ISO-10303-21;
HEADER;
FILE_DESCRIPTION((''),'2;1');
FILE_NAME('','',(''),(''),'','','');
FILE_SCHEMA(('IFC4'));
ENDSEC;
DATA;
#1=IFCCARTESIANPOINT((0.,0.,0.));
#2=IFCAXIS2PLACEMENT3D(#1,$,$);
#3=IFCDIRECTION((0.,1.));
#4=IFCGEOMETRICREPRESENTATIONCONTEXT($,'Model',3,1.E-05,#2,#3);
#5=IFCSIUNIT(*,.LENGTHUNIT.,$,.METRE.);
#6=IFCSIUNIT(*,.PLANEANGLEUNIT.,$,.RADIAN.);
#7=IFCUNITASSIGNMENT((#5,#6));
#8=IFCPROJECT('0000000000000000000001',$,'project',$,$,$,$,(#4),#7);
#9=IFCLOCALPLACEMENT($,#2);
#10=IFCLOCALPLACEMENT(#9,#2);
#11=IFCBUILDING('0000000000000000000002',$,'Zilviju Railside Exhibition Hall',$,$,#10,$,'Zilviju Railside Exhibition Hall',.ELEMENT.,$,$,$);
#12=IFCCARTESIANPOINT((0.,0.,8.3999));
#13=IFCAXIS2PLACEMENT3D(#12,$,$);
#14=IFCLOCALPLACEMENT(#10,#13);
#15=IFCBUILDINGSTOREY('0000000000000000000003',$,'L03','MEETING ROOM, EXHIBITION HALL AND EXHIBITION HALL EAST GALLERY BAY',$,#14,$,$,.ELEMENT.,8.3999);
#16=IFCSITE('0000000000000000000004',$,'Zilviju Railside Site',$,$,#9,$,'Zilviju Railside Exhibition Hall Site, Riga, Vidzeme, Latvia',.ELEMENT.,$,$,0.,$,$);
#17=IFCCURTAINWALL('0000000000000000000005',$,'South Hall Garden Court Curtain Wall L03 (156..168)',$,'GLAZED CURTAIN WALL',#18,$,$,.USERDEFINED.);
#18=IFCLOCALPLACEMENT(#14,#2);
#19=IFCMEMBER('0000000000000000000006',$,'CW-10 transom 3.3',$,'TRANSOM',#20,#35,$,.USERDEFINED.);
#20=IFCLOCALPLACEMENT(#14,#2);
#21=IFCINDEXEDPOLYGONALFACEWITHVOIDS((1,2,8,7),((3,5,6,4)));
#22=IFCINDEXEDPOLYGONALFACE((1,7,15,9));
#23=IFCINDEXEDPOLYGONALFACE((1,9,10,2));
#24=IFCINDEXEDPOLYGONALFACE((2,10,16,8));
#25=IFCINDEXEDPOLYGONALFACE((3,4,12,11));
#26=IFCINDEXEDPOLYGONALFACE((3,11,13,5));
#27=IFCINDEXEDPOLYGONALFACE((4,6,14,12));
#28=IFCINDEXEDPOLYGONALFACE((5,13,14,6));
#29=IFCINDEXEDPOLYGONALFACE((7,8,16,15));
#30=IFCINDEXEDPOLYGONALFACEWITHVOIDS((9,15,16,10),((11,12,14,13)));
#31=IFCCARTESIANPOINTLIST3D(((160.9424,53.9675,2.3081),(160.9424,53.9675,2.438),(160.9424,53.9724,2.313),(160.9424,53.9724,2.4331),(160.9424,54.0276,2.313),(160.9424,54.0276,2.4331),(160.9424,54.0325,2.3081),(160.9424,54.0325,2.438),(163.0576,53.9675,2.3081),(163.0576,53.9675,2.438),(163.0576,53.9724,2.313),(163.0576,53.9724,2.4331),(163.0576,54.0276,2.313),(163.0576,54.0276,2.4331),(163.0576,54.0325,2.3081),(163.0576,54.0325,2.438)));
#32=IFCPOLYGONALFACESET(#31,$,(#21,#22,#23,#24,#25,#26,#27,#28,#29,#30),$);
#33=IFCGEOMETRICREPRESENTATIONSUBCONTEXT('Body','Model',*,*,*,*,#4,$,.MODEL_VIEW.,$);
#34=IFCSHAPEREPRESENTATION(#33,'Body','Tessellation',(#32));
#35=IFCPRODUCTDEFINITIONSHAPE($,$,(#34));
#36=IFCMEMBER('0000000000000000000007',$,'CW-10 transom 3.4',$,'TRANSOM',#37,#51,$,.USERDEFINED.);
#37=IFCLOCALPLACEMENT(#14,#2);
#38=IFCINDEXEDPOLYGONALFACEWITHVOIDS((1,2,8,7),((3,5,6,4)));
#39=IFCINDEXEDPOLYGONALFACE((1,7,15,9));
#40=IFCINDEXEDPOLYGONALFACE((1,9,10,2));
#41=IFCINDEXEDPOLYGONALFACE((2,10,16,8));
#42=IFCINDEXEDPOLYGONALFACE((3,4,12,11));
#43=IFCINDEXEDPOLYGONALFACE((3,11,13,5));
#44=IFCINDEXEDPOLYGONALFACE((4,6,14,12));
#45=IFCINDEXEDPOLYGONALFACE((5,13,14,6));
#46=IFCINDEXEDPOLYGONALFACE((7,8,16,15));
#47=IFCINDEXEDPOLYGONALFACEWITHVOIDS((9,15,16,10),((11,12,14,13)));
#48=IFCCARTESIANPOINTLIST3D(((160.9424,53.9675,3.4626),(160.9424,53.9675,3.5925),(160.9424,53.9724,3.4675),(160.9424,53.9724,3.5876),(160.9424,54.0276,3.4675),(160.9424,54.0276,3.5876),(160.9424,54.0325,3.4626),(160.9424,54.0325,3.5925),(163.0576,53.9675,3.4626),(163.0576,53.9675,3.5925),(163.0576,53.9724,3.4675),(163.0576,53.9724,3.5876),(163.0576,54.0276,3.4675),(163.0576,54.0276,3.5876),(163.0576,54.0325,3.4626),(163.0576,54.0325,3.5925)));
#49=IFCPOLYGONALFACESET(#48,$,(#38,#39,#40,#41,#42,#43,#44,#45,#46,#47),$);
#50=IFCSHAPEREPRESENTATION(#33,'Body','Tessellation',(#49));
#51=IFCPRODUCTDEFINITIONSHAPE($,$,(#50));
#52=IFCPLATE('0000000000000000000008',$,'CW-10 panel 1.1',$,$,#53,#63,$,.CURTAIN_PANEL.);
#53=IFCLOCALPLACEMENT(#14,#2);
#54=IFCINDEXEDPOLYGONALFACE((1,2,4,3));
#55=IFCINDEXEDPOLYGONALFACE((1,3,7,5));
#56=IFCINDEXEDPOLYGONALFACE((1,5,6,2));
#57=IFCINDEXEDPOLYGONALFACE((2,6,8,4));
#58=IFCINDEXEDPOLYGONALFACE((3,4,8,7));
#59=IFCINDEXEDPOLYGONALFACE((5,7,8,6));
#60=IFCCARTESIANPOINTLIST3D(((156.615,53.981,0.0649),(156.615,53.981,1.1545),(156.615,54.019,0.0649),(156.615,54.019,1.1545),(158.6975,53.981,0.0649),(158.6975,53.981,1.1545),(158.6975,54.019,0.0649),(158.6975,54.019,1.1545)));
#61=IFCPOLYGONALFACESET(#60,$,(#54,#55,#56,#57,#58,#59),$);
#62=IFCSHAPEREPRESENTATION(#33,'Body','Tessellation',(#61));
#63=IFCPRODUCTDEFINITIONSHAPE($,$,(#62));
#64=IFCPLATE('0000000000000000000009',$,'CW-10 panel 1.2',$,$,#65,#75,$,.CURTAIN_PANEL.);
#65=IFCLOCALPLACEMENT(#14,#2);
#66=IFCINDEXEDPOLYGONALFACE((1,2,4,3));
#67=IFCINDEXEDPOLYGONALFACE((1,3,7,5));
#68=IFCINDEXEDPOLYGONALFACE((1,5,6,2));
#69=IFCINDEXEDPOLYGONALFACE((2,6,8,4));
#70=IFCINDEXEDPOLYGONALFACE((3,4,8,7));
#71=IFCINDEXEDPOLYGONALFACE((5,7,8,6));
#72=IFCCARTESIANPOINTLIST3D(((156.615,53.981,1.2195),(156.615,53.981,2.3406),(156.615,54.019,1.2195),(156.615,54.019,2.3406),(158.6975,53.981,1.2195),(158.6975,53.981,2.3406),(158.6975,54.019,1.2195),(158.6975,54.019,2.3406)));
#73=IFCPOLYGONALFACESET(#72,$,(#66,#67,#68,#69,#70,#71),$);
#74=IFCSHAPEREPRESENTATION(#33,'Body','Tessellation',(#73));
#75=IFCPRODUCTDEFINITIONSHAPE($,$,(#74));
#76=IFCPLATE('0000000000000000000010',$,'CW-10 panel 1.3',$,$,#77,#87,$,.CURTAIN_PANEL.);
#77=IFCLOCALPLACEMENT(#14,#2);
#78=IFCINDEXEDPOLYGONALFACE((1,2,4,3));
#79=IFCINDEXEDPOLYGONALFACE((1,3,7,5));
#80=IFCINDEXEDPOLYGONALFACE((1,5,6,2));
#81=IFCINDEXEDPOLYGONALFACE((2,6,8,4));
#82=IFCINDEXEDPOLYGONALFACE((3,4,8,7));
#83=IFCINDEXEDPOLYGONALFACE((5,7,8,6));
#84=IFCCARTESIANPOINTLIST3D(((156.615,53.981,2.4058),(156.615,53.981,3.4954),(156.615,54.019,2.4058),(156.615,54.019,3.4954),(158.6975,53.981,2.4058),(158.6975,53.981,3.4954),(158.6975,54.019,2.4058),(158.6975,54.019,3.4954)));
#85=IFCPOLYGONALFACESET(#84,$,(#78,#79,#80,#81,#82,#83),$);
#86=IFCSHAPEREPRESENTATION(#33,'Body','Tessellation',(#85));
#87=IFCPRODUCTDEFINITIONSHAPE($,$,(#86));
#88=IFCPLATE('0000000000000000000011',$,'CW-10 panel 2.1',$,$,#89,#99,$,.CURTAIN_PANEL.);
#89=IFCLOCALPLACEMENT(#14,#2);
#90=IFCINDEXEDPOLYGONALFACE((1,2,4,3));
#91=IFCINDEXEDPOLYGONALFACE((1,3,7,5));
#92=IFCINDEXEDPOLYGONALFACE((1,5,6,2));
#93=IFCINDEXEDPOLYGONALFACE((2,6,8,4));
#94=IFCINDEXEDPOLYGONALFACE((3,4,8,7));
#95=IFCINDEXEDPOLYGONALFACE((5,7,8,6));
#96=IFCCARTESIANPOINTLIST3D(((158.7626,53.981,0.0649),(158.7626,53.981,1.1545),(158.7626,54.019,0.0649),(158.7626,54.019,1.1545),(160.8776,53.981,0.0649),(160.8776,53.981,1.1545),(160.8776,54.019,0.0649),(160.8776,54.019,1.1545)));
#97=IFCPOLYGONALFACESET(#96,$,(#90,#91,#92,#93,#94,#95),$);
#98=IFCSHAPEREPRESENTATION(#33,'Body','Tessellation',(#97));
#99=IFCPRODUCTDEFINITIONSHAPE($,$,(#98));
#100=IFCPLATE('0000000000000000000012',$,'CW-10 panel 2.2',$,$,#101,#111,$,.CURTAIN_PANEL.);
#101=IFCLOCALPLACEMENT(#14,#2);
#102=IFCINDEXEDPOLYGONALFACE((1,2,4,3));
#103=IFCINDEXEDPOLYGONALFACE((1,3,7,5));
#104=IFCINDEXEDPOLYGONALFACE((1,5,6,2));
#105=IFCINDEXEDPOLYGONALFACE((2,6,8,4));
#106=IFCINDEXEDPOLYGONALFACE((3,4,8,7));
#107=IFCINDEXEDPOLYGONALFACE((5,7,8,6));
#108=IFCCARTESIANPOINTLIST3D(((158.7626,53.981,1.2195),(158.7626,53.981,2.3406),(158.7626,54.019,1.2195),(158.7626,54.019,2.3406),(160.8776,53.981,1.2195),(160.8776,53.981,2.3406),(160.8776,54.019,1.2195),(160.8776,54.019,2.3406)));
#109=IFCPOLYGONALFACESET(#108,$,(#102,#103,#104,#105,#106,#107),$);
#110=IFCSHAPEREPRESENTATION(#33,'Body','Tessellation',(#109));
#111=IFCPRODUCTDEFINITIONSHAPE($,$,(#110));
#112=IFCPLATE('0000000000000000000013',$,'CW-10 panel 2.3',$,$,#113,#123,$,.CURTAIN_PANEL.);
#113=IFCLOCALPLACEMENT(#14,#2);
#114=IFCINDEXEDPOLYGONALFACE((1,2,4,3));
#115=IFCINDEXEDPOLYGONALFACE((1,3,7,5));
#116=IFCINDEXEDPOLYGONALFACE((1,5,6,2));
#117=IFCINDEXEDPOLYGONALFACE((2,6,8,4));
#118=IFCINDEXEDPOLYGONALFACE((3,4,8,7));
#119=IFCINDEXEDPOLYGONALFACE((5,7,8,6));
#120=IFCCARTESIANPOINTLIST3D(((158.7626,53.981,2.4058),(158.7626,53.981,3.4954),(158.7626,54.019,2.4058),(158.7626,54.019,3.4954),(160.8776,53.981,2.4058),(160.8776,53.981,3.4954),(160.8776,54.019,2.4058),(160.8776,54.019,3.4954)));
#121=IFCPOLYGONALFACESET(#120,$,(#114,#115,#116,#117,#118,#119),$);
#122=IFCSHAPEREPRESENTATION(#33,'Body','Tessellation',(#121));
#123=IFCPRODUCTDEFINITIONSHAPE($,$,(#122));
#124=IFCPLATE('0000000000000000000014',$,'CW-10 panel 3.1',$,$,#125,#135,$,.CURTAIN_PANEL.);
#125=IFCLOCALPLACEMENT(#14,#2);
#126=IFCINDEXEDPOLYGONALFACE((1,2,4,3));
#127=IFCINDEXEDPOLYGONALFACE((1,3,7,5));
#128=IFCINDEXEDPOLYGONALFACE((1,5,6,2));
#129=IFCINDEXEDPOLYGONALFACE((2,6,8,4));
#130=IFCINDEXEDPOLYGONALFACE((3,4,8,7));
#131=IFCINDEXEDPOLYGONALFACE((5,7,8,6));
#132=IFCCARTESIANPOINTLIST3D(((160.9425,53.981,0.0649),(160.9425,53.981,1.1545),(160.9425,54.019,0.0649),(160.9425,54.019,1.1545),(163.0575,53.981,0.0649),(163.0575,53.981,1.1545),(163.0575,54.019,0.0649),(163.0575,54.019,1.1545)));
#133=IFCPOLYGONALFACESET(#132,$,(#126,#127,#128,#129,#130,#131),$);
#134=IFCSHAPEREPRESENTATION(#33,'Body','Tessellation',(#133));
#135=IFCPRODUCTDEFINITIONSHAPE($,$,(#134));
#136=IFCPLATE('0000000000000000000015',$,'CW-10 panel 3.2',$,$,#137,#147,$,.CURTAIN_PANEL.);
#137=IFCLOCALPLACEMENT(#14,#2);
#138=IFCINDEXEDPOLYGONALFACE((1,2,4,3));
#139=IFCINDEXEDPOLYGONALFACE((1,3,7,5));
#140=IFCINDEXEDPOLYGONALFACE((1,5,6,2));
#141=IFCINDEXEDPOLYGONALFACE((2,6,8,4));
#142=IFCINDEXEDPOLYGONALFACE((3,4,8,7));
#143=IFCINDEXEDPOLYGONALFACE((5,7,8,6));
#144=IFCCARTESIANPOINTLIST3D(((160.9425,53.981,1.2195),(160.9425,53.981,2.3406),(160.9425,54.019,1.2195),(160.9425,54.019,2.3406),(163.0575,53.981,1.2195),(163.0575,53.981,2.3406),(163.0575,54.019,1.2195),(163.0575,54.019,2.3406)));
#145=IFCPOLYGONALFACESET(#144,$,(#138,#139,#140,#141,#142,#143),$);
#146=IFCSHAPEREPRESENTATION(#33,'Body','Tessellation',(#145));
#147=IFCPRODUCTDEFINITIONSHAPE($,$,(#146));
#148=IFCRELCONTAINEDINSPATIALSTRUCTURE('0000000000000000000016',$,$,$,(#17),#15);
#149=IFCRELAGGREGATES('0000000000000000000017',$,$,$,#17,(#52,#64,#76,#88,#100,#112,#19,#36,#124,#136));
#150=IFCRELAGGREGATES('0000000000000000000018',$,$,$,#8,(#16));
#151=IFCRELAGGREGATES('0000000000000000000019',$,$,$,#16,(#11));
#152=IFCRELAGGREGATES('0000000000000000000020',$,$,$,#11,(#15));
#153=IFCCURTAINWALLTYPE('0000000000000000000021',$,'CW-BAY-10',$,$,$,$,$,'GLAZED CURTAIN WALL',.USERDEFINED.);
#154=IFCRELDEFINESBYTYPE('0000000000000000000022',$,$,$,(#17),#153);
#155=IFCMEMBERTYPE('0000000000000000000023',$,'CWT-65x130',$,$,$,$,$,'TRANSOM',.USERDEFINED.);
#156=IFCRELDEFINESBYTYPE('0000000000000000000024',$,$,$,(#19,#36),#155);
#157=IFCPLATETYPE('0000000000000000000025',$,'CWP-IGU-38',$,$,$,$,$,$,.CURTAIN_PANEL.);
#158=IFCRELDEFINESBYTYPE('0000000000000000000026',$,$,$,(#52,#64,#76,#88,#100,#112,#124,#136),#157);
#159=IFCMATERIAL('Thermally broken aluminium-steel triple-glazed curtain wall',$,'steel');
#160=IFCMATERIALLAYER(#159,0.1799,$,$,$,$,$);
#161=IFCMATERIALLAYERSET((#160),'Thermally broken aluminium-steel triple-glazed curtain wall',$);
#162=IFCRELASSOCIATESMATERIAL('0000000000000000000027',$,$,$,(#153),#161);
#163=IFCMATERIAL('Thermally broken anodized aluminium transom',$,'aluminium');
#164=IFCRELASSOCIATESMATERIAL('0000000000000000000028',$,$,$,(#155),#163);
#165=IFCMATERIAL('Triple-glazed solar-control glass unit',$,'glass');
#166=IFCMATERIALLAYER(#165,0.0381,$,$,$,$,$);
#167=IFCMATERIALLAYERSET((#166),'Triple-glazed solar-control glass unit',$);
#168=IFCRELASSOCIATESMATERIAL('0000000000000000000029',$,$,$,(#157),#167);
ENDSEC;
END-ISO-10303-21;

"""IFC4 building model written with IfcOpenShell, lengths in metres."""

from ifc_helpers import new_model, si_unit, direction, frame, origin, origin_2d, place, context, subcontext, project, spatial, rectangle, hollow_rectangle, extrude, material, layer, layer_set, material_profile, profile_set, type_object, element, aggregate, save


model = new_model("IFC4")

# Units and contexts
model_context = context("Model", 3, precision=1e-05, world=origin(), true_north=direction((0.0, 1.0)))
body_context = subcontext(model_context, "Body", "Model", "MODEL_VIEW")
ifc_project = project(units=[si_unit("LENGTHUNIT", "METRE"), si_unit("PLANEANGLEUNIT", "RADIAN")], contexts=[model_context])

# Site, building, storey
site_placement = place(None, origin())
site = spatial("IfcSite", under=ifc_project, at=site_placement, Name="Zilviju Railside Site", LongName="Zilviju Railside Exhibition Hall Site, Riga, Vidzeme, Latvia", CompositionType="ELEMENT", RefElevation=0.0)
building_placement = place(site_placement, origin())
building = spatial("IfcBuilding", under=site, at=building_placement, Name="Zilviju Railside Exhibition Hall", LongName="Zilviju Railside Exhibition Hall", CompositionType="ELEMENT")
storey_placement = place(building_placement, frame((0.0, 0.0, 8.3999)))
storey = spatial("IfcBuildingStorey", under=building, at=storey_placement, Name="L03", Description="MEETING ROOM, EXHIBITION HALL AND EXHIBITION HALL EAST GALLERY BAY", CompositionType="ELEMENT", Elevation=8.3999)

# Curtain wall, members, plates
ifc_material_1 = material(Name="Thermally broken aluminium-steel triple-glazed curtain wall", Category="steel")
ifc_layer_1 = layer(ifc_material_1, 0.1799)
ifc_layer_set_1 = layer_set([ifc_layer_1], Name="Thermally broken aluminium-steel triple-glazed curtain wall")
curtain_wall_type = type_object("IfcCurtainWallType", Name="CW-BAY-10", ElementType="GLAZED CURTAIN WALL", PredefinedType="USERDEFINED", material=ifc_layer_set_1)
curtain_wall_placement = place(storey_placement, origin())
curtain_wall = element("IfcCurtainWall", 1, at=curtain_wall_placement, inside=storey, type_object=curtain_wall_type, Name="South Hall Garden Court Curtain Wall L03 (156..168)", ObjectType="GLAZED CURTAIN WALL", PredefinedType="USERDEFINED")
ifc_material_2 = material(Name="Thermally broken anodized aluminium transom", Category="aluminium")
ifc_material_profile_1 = material_profile(ifc_material_2, hollow_rectangle(XDim=0.0649, YDim=0.1299, WallThickness=0.0049, at=origin_2d()), Name="TRANSOM 130x65x5")
ifc_profile_set_1 = profile_set([ifc_material_profile_1], Name="Thermally broken anodized aluminium transom")
member_type_1 = type_object("IfcMemberType", Name="CWT-65x130", ElementType="TRANSOM", PredefinedType="USERDEFINED", material=ifc_profile_set_1)
member_1_placement = place(storey_placement, frame((160.9424, 54.0, 2.373), z_axis=(1.0, 0.0, 0.0), x_axis=(0.0, 1.0, 0.0)))
member_1 = element("IfcMember", 2, at=member_1_placement, type_object=member_type_1, Name="CW-10 transom 3.3", ObjectType="TRANSOM", PredefinedType="USERDEFINED", context=body_context, shape_type="SweptSolid", body=[
    extrude(hollow_rectangle(XDim=0.0649, YDim=0.1299, WallThickness=0.0049, at=origin_2d()), origin(), (0.0, 0.0, 1.0), 2.1152),
])
member_2_placement = place(storey_placement, frame((160.9424, 54.0, 3.5276), z_axis=(1.0, 0.0, 0.0), x_axis=(0.0, 1.0, 0.0)))
member_2 = element("IfcMember", 3, at=member_2_placement, type_object=member_type_1, Name="CW-10 transom 3.4", ObjectType="TRANSOM", PredefinedType="USERDEFINED", context=body_context, shape_type="SweptSolid", body=[
    extrude(hollow_rectangle(XDim=0.0649, YDim=0.1299, WallThickness=0.0049, at=origin_2d()), origin(), (0.0, 0.0, 1.0), 2.1152),
])
ifc_material_3 = material(Name="Triple-glazed solar-control glass unit", Category="glass")
ifc_layer_2 = layer(ifc_material_3, 0.0381)
ifc_layer_set_2 = layer_set([ifc_layer_2], Name="Triple-glazed solar-control glass unit")
plate_type = type_object("IfcPlateType", Name="CWP-IGU-38", PredefinedType="CURTAIN_PANEL", material=ifc_layer_set_2)
plate_1_placement = place(storey_placement, frame((157.6562, 54.0, 0.0649), z_axis=(0.0, 0.0, 1.0), x_axis=(1.0, 0.0, 0.0)))
plate_1 = element("IfcPlate", 4, at=plate_1_placement, type_object=plate_type, Name="CW-10 panel 1.1", PredefinedType="CURTAIN_PANEL", context=body_context, shape_type="SweptSolid", body=[
    extrude(rectangle(XDim=2.0825, YDim=0.0381, at=origin_2d()), origin(), (0.0, 0.0, 1.0), 1.0896),
])
plate_2_placement = place(storey_placement, frame((157.6562, 54.0, 1.2195), z_axis=(0.0, 0.0, 1.0), x_axis=(1.0, 0.0, 0.0)))
plate_2 = element("IfcPlate", 5, at=plate_2_placement, type_object=plate_type, Name="CW-10 panel 1.2", PredefinedType="CURTAIN_PANEL", context=body_context, shape_type="SweptSolid", body=[
    extrude(rectangle(XDim=2.0825, YDim=0.0381, at=origin_2d()), origin(), (0.0, 0.0, 1.0), 1.1211),
])
plate_3_placement = place(storey_placement, frame((157.6562, 54.0, 2.4058), z_axis=(0.0, 0.0, 1.0), x_axis=(1.0, 0.0, 0.0)))
plate_3 = element("IfcPlate", 6, at=plate_3_placement, type_object=plate_type, Name="CW-10 panel 1.3", PredefinedType="CURTAIN_PANEL", context=body_context, shape_type="SweptSolid", body=[
    extrude(rectangle(XDim=2.0825, YDim=0.0381, at=origin_2d()), origin(), (0.0, 0.0, 1.0), 1.0896),
])
plate_4_placement = place(storey_placement, frame((159.8201, 54.0, 0.0649), z_axis=(0.0, 0.0, 1.0), x_axis=(1.0, 0.0, 0.0)))
plate_4 = element("IfcPlate", 7, at=plate_4_placement, type_object=plate_type, Name="CW-10 panel 2.1", PredefinedType="CURTAIN_PANEL", context=body_context, shape_type="SweptSolid", body=[
    extrude(rectangle(XDim=2.115, YDim=0.0381, at=origin_2d()), origin(), (0.0, 0.0, 1.0), 1.0896),
])
plate_5_placement = place(storey_placement, frame((159.8201, 54.0, 1.2195), z_axis=(0.0, 0.0, 1.0), x_axis=(1.0, 0.0, 0.0)))
plate_5 = element("IfcPlate", 8, at=plate_5_placement, type_object=plate_type, Name="CW-10 panel 2.2", PredefinedType="CURTAIN_PANEL", context=body_context, shape_type="SweptSolid", body=[
    extrude(rectangle(XDim=2.115, YDim=0.0381, at=origin_2d()), origin(), (0.0, 0.0, 1.0), 1.1211),
])
plate_6_placement = place(storey_placement, frame((159.8201, 54.0, 2.4058), z_axis=(0.0, 0.0, 1.0), x_axis=(1.0, 0.0, 0.0)))
plate_6 = element("IfcPlate", 9, at=plate_6_placement, type_object=plate_type, Name="CW-10 panel 2.3", PredefinedType="CURTAIN_PANEL", context=body_context, shape_type="SweptSolid", body=[
    extrude(rectangle(XDim=2.115, YDim=0.0381, at=origin_2d()), origin(), (0.0, 0.0, 1.0), 1.0896),
])
plate_7_placement = place(storey_placement, frame((162.0, 54.0, 0.0649), z_axis=(0.0, 0.0, 1.0), x_axis=(1.0, 0.0, 0.0)))
plate_7 = element("IfcPlate", 10, at=plate_7_placement, type_object=plate_type, Name="CW-10 panel 3.1", PredefinedType="CURTAIN_PANEL", context=body_context, shape_type="SweptSolid", body=[
    extrude(rectangle(XDim=2.115, YDim=0.0381, at=origin_2d()), origin(), (0.0, 0.0, 1.0), 1.0896),
])
plate_8_placement = place(storey_placement, frame((162.0, 54.0, 1.2195), z_axis=(0.0, 0.0, 1.0), x_axis=(1.0, 0.0, 0.0)))
plate_8 = element("IfcPlate", 11, at=plate_8_placement, type_object=plate_type, Name="CW-10 panel 3.2", PredefinedType="CURTAIN_PANEL", context=body_context, shape_type="SweptSolid", body=[
    extrude(rectangle(XDim=2.115, YDim=0.0381, at=origin_2d()), origin(), (0.0, 0.0, 1.0), 1.1211),
])
aggregate(curtain_wall, [plate_1, plate_2, plate_3, plate_4, plate_5, plate_6, member_1, member_2, plate_7, plate_8])

save(model, "model.ifc")
